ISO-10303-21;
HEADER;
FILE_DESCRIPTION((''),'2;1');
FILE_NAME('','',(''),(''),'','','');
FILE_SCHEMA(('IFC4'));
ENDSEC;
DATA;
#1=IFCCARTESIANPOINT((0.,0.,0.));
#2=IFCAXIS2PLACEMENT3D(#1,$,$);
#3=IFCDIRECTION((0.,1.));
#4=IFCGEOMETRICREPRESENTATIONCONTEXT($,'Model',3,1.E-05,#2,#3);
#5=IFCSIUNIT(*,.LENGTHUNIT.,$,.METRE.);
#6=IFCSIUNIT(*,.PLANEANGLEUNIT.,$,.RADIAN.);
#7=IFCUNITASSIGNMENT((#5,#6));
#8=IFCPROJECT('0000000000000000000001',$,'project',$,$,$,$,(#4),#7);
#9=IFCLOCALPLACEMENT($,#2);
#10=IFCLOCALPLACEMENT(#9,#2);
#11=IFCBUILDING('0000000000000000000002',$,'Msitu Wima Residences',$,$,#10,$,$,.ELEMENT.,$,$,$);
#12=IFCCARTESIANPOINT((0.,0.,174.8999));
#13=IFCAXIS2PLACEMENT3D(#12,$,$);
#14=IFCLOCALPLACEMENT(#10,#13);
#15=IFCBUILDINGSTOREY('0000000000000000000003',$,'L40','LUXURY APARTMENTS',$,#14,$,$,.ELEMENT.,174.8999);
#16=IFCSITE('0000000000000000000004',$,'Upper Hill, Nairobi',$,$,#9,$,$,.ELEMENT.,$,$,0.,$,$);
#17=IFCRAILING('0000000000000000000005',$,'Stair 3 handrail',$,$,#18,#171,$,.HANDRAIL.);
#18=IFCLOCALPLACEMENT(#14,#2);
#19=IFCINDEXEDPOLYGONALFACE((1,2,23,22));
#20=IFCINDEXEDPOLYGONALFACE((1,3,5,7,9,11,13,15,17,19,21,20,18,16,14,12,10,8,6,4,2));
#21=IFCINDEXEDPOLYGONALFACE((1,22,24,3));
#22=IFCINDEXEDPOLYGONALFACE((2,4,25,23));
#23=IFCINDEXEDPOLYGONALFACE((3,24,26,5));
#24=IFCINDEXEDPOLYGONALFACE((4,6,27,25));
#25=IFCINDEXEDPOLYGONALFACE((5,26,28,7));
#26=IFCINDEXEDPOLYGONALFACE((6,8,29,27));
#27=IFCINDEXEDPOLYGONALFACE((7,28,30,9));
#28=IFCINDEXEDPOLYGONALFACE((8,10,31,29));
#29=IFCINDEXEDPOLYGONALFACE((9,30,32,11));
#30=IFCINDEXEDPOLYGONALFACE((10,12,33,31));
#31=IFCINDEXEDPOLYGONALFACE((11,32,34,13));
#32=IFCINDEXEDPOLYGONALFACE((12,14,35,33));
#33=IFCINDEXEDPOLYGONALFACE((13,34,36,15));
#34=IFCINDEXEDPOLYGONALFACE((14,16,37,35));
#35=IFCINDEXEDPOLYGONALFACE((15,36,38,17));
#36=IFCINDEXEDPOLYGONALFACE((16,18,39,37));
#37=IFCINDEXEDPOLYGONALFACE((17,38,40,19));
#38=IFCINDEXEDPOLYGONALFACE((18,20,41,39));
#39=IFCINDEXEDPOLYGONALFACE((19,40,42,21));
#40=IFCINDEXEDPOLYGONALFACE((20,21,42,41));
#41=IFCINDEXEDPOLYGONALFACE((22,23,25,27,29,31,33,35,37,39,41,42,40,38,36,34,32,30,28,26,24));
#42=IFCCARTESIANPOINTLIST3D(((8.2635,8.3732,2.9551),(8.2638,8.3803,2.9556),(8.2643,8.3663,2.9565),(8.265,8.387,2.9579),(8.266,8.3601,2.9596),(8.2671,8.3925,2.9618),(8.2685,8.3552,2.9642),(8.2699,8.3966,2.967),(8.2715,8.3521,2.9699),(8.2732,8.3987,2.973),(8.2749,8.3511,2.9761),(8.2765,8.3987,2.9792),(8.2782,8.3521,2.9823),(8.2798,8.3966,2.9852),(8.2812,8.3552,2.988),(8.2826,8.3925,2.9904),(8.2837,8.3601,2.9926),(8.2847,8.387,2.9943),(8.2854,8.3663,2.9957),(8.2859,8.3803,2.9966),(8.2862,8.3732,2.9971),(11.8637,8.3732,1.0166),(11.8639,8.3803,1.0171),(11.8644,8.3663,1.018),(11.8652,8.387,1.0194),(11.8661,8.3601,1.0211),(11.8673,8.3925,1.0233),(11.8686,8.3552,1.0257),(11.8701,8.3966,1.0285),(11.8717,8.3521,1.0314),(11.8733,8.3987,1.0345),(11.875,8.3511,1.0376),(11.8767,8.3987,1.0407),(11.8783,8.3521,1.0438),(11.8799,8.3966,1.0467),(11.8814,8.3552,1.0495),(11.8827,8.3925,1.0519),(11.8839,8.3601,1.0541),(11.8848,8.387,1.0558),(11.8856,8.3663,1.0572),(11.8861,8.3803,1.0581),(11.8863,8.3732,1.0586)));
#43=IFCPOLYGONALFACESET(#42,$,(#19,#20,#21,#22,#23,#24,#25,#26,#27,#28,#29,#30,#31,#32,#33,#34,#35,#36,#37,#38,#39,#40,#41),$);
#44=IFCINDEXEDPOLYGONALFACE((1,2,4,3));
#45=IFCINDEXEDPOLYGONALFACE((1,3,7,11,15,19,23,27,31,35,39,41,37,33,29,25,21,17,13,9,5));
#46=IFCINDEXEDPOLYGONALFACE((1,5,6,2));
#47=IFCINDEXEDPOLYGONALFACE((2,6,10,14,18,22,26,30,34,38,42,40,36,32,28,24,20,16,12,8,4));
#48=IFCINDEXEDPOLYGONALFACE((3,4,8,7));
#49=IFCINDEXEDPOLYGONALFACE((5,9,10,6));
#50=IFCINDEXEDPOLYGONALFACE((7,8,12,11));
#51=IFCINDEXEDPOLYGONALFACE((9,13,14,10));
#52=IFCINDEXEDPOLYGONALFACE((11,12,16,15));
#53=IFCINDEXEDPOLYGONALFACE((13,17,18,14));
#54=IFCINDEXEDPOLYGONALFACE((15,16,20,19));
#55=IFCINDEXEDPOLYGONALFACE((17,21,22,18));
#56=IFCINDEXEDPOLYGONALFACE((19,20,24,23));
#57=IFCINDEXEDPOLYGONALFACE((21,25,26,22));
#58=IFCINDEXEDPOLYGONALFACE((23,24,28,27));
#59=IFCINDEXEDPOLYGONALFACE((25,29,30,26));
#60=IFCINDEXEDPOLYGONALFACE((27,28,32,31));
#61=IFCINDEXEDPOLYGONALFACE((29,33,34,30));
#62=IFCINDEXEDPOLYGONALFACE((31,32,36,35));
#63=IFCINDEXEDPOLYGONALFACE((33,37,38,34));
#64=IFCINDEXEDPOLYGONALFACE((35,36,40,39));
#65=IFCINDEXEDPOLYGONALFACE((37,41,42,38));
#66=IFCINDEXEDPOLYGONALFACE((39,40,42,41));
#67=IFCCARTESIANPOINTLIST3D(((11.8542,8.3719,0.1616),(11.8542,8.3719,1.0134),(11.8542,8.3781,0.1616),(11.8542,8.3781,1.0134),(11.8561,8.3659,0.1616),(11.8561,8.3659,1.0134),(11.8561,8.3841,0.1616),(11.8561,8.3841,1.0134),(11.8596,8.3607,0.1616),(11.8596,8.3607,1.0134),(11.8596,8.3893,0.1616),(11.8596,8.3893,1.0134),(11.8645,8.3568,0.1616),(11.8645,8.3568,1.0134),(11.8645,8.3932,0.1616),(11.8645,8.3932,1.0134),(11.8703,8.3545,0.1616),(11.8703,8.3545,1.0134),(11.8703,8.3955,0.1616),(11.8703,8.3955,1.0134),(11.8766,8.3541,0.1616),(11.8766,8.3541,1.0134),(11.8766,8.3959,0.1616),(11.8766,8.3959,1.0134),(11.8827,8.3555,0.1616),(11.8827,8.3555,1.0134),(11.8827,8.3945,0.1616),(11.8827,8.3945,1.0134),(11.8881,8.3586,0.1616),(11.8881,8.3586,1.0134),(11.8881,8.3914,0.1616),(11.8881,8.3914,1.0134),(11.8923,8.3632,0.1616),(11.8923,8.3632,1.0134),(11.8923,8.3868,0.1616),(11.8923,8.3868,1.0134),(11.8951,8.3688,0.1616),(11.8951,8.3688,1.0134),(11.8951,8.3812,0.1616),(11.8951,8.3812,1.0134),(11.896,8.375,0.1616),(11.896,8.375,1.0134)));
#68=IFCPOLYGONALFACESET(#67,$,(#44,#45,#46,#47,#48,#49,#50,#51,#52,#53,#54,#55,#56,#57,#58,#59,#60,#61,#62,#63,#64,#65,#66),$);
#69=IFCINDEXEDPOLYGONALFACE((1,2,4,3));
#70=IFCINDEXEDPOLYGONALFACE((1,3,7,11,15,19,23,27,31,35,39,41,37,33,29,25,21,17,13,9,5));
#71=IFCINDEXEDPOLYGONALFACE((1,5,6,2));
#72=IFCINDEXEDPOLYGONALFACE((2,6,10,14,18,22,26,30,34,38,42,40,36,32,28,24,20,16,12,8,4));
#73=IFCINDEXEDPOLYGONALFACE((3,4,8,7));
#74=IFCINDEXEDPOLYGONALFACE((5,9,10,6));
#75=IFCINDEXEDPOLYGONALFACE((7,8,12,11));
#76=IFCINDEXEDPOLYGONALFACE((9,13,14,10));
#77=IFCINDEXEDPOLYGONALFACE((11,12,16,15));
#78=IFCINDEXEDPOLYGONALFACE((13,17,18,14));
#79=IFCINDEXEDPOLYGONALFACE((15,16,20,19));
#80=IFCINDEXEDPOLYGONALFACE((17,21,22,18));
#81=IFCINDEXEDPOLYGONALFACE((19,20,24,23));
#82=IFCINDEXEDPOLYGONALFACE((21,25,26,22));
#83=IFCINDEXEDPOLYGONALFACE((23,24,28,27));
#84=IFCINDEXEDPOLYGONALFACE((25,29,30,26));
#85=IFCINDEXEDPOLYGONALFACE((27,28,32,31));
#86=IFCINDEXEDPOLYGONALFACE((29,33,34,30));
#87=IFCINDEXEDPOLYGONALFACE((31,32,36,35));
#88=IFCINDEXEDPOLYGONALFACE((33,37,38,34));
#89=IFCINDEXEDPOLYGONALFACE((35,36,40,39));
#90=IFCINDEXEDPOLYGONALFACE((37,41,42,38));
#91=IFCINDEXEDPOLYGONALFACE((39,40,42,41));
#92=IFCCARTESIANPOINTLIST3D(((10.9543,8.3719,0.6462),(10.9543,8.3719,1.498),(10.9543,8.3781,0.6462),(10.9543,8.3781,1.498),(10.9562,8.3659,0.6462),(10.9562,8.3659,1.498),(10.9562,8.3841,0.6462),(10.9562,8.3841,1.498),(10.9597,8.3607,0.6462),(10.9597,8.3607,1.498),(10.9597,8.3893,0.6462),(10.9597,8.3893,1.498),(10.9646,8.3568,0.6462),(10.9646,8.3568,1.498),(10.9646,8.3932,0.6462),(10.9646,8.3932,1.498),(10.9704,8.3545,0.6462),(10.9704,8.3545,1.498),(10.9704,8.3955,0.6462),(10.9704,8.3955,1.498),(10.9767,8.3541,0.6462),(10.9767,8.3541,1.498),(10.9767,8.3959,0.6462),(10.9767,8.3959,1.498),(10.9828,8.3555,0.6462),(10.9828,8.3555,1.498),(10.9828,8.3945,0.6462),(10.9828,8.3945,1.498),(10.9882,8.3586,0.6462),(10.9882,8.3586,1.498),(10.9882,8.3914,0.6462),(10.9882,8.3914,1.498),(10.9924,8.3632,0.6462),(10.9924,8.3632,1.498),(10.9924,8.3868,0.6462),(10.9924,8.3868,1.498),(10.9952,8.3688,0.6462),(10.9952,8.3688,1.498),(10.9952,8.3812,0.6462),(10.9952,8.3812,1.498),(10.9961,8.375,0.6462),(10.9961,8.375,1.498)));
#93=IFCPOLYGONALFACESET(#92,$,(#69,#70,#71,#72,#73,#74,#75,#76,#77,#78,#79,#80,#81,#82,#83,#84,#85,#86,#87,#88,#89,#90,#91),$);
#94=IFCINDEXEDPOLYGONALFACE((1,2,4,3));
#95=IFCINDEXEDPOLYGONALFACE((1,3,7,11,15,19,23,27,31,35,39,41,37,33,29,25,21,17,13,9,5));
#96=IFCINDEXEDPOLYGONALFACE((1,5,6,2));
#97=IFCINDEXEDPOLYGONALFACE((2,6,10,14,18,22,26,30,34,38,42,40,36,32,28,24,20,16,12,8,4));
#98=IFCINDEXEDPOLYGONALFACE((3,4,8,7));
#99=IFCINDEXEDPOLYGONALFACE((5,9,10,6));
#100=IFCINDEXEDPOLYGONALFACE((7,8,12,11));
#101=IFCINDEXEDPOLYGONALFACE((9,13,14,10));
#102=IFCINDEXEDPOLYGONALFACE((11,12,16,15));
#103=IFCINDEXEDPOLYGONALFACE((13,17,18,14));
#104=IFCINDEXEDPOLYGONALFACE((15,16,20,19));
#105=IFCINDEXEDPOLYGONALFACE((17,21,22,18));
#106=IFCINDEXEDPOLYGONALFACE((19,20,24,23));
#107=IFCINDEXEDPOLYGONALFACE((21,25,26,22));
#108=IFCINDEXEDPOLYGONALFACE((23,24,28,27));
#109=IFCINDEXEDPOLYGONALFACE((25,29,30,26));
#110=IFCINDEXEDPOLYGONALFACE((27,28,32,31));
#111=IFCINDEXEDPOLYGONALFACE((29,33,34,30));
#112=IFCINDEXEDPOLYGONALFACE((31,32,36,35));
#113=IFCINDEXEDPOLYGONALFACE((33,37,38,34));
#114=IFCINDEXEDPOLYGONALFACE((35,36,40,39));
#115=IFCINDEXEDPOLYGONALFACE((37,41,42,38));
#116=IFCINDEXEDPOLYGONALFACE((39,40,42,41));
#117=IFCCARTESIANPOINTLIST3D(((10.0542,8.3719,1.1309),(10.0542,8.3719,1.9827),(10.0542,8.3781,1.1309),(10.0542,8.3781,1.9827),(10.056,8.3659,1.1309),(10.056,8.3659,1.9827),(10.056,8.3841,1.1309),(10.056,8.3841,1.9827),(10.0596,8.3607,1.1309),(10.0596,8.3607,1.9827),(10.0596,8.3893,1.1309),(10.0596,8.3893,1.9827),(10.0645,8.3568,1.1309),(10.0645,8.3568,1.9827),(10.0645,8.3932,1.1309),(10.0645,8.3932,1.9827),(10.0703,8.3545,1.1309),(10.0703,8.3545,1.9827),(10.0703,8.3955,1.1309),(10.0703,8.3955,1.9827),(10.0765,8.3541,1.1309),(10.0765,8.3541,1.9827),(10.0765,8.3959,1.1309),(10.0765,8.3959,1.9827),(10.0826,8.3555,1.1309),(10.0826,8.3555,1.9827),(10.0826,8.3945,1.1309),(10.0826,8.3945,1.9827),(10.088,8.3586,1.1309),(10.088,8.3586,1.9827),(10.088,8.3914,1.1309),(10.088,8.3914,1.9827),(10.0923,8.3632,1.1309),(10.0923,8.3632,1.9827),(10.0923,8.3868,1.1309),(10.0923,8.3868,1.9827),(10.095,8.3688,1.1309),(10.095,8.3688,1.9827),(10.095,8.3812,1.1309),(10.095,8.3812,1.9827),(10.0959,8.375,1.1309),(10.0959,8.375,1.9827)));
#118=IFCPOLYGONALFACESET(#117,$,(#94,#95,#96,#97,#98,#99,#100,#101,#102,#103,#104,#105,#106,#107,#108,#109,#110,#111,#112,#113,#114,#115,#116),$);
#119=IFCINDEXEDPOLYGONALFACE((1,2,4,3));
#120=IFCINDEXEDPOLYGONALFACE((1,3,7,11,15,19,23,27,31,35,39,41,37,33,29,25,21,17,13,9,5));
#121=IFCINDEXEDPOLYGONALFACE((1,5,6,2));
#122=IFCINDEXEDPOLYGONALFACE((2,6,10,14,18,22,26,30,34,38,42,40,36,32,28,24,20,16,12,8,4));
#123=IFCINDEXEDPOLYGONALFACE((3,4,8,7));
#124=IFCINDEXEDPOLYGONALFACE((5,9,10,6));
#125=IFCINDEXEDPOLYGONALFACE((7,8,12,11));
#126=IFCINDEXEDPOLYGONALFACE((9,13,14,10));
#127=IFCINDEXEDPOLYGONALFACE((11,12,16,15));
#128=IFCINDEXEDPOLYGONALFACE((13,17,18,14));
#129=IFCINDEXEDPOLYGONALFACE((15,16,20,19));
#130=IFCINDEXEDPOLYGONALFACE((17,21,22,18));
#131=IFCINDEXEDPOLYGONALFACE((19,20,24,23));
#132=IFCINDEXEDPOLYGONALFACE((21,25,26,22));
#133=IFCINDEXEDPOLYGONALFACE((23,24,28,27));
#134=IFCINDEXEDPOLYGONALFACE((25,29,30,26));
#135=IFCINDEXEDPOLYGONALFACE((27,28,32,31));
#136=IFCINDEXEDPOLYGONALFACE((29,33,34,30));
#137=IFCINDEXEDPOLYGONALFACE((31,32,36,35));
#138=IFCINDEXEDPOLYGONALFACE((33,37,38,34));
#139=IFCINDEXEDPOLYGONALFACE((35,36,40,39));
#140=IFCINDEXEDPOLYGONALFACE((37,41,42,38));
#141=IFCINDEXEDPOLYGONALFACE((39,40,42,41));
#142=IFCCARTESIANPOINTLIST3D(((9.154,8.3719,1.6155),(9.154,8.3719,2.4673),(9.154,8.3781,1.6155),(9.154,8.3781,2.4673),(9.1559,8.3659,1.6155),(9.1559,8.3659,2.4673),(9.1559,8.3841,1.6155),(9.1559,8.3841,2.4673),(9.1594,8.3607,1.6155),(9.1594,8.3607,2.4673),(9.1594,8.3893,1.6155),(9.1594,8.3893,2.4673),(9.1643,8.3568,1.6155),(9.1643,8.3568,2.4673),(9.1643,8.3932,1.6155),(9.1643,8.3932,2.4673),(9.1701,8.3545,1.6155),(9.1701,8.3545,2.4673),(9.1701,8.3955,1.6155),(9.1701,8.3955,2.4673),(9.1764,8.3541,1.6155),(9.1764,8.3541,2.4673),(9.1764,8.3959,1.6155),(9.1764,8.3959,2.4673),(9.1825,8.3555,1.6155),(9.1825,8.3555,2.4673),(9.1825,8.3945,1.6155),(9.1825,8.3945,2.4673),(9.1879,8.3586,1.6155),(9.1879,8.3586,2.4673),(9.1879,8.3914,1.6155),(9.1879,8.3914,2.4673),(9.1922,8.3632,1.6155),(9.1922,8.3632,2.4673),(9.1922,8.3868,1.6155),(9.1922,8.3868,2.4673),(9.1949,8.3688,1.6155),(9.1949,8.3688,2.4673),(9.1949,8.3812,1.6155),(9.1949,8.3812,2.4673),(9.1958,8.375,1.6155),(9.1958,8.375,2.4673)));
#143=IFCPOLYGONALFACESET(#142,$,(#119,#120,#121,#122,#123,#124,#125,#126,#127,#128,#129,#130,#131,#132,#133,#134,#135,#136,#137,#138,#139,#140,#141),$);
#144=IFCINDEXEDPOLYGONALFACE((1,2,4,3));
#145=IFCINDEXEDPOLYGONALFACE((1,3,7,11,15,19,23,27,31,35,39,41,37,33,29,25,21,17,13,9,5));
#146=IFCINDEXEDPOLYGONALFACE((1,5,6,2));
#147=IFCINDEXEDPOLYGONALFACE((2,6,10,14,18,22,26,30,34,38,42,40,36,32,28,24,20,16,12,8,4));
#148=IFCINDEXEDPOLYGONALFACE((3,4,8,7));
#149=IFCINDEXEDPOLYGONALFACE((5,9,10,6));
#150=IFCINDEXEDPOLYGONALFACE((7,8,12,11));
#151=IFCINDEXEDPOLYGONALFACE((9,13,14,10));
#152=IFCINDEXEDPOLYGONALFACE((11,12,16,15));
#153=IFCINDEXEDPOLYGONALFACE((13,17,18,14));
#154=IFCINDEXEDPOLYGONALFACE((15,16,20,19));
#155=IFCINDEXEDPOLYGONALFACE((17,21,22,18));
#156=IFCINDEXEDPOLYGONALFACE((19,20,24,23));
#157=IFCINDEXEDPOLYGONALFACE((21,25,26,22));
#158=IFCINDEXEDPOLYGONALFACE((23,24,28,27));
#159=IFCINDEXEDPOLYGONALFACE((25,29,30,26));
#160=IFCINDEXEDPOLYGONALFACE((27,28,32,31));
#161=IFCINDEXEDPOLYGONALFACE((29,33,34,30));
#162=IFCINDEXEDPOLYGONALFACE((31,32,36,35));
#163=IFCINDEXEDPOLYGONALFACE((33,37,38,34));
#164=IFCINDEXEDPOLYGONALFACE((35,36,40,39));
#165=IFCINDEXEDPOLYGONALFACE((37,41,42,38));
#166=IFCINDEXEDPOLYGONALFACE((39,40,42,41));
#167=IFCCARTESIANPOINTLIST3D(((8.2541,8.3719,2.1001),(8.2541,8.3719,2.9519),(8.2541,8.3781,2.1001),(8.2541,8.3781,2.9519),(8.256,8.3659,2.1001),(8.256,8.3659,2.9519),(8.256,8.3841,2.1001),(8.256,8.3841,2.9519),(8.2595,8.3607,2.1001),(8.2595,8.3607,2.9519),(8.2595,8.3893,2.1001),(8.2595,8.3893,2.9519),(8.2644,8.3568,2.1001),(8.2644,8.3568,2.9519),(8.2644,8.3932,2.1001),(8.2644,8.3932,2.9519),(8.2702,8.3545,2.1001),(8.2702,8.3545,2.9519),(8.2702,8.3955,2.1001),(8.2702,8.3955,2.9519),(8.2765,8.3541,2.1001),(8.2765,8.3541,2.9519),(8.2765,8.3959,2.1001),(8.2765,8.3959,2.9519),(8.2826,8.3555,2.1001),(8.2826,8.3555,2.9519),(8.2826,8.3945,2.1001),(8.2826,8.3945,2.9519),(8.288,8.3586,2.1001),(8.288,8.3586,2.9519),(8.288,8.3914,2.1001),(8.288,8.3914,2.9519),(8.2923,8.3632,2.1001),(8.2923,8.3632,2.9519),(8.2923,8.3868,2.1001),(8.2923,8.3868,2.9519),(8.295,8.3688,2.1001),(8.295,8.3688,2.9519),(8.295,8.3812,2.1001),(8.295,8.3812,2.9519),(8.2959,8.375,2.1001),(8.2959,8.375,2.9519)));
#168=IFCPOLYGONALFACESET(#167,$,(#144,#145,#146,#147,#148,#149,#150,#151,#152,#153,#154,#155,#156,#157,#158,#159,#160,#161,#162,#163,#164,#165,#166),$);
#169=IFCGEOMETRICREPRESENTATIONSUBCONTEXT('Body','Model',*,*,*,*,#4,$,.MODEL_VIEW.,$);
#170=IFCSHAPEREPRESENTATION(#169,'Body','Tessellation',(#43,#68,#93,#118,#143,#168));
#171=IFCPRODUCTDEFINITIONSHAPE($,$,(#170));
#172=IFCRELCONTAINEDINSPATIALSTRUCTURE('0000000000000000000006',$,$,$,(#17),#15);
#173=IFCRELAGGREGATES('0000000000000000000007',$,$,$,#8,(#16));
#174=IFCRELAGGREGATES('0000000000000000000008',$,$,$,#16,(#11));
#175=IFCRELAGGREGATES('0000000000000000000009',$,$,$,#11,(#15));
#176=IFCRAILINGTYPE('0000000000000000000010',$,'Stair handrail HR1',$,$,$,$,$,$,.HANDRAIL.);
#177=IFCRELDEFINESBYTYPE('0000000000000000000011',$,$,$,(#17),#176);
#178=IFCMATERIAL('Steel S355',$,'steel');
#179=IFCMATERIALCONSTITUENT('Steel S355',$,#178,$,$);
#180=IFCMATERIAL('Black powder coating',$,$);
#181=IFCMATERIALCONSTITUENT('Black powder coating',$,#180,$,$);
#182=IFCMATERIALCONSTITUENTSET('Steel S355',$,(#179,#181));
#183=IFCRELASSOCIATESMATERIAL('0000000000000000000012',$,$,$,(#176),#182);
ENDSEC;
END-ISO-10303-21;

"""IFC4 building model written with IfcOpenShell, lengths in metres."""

from ifc_helpers import new_model, si_unit, direction, frame, origin, origin_2d, place, context, subcontext, project, spatial, circle, extrude, material, constituent, constituent_set, type_object, element, save


model = new_model("IFC4")

# Units and contexts
model_context = context("Model", 3, precision=1e-05, world=origin(), true_north=direction((0.0, 1.0)))
body_context = subcontext(model_context, "Body", "Model", "MODEL_VIEW")
ifc_project = project(units=[si_unit("LENGTHUNIT", "METRE"), si_unit("PLANEANGLEUNIT", "RADIAN")], contexts=[model_context])

# Site, building, storey
site_placement = place(None, origin())
site = spatial("IfcSite", under=ifc_project, at=site_placement, Name="Upper Hill, Nairobi", CompositionType="ELEMENT", RefElevation=0.0)
building_placement = place(site_placement, origin())
building = spatial("IfcBuilding", under=site, at=building_placement, Name="Msitu Wima Residences", CompositionType="ELEMENT")
storey_placement = place(building_placement, frame((0.0, 0.0, 174.8999)))
storey = spatial("IfcBuildingStorey", under=building, at=storey_placement, Name="L40", Description="LUXURY APARTMENTS", CompositionType="ELEMENT", Elevation=174.8999)

# Railing
ifc_material_1 = material(Name="Steel S355", Category="steel")
ifc_constituent_1 = constituent(ifc_material_1, Name="Steel S355")
ifc_material_2 = material(Name="Black powder coating")
ifc_constituent_2 = constituent(ifc_material_2, Name="Black powder coating")
ifc_constituent_set_1 = constituent_set(constituents=[ifc_constituent_1, ifc_constituent_2], Name="Steel S355")
railing_type_1 = type_object("IfcRailingType", Name="Stair handrail HR1", PredefinedType="HANDRAIL", material=ifc_constituent_set_1)
for number, where, name in (
    (1, (11.875, 8.375, 0.1616), "Stair 3 handrail"),
):
    element("IfcRailing", number, at=place(storey_placement, frame(where)), inside=storey, type_object=railing_type_1, Name=name, PredefinedType="HANDRAIL", context=body_context, shape_type="SweptSolid", body=[
        extrude(circle(Radius=0.0239, at=origin_2d()), frame((0.0, 0.0, 0.876), z_axis=(-0.880475, 0.0, 0.474093), x_axis=(0.0, -1.0, 0.0)), (0.0, 0.0, 1.0), 4.0889),
        extrude(circle(Radius=0.021, at=origin_2d()), origin(), (0.0, 0.0, 1.0), 0.8518),
        extrude(circle(Radius=0.021, at=origin_2d()), frame((-0.8999, 0.0, 0.4846)), (0.0, 0.0, 1.0), 0.8518),
        extrude(circle(Radius=0.021, at=origin_2d()), frame((-1.8, 0.0, 0.9692)), (0.0, 0.0, 1.0), 0.8518),
        extrude(circle(Radius=0.021, at=origin_2d()), frame((-2.7002, 0.0, 1.4539)), (0.0, 0.0, 1.0), 0.8518),
        extrude(circle(Radius=0.021, at=origin_2d()), frame((-3.6001, 0.0, 1.9385)), (0.0, 0.0, 1.0), 0.8518),
    ])

save(model, "model.ifc")
